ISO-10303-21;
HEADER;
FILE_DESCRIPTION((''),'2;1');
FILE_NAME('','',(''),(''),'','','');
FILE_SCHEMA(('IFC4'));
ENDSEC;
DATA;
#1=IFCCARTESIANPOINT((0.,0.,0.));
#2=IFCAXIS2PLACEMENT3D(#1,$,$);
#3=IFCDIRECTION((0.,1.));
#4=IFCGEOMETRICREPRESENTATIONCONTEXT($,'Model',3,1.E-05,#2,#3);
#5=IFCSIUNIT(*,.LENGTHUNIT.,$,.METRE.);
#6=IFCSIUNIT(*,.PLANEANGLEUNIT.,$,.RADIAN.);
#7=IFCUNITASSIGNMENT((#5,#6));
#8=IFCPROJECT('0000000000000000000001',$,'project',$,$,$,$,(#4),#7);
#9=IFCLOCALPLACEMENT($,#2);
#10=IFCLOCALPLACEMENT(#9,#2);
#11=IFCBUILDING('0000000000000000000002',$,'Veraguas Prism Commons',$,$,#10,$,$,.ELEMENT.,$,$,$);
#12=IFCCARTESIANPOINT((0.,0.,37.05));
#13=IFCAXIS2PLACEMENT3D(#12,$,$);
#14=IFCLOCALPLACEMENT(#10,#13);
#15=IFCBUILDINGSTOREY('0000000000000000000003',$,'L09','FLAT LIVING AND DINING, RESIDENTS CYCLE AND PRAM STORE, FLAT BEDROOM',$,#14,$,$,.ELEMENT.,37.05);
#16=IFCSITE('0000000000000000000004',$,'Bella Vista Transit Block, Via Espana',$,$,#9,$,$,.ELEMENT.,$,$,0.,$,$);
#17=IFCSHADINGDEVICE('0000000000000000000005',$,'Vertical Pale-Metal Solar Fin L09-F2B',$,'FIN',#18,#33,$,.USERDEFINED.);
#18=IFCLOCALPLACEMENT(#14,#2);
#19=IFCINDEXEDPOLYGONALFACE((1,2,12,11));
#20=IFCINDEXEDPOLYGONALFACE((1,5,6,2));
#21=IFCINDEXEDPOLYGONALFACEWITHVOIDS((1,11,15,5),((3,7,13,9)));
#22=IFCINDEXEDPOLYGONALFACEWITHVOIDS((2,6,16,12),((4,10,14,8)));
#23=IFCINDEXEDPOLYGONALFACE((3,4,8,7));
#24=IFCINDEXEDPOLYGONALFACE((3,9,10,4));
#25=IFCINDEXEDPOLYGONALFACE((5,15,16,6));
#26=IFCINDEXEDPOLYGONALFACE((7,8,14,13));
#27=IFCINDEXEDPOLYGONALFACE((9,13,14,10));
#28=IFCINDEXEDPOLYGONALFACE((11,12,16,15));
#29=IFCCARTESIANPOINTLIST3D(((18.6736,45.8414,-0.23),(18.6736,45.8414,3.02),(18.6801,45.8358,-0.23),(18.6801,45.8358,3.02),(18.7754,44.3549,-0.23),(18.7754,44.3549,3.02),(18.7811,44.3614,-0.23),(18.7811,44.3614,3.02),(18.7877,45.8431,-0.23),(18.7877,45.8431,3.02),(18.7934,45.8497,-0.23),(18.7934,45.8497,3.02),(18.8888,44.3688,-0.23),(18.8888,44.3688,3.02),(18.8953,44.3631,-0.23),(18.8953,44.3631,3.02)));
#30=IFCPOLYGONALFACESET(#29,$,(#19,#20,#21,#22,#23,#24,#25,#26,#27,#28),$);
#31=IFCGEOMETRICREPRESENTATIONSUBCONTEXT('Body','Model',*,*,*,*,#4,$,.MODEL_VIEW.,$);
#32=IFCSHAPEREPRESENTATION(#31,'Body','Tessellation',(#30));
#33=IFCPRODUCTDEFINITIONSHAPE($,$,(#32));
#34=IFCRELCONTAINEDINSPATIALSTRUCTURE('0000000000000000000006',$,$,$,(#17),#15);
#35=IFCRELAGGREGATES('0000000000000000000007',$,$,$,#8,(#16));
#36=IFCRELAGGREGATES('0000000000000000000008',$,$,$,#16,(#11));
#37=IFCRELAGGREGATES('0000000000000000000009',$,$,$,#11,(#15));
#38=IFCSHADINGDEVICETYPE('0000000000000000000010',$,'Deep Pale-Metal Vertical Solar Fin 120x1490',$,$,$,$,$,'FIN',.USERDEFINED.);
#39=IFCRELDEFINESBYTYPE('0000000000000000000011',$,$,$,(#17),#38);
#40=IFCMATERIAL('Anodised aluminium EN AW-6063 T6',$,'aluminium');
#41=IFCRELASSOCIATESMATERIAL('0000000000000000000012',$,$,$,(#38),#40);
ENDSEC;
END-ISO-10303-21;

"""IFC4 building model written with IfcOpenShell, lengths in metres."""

from ifc_helpers import new_model, si_unit, direction, frame, origin, origin_2d, place, context, subcontext, project, spatial, hollow_rectangle, extrude, material, material_profile, profile_set, type_object, element, save


model = new_model("IFC4")

# Units and contexts
model_context = context("Model", 3, precision=1e-05, world=origin(), true_north=direction((0.0, 1.0)))
body_context = subcontext(model_context, "Body", "Model", "MODEL_VIEW")
ifc_project = project(units=[si_unit("LENGTHUNIT", "METRE"), si_unit("PLANEANGLEUNIT", "RADIAN")], contexts=[model_context])

# Site, building, storey
site_placement = place(None, origin())
site = spatial("IfcSite", under=ifc_project, at=site_placement, Name="Bella Vista Transit Block, Via Espana", CompositionType="ELEMENT", RefElevation=0.0)
building_placement = place(site_placement, origin())
building = spatial("IfcBuilding", under=site, at=building_placement, Name="Veraguas Prism Commons", CompositionType="ELEMENT")
storey_placement = place(building_placement, frame((0.0, 0.0, 37.05)))
storey = spatial("IfcBuildingStorey", under=building, at=storey_placement, Name="L09", Description="FLAT LIVING AND DINING, RESIDENTS CYCLE AND PRAM STORE, FLAT BEDROOM", CompositionType="ELEMENT", Elevation=37.05)

# Shared definitions
ifc_material_1 = material(Name="Anodised aluminium EN AW-6063 T6", Category="aluminium")

# Shading device
ifc_material_profile_1 = material_profile(ifc_material_1, hollow_rectangle(XDim=0.1201, YDim=1.49, WallThickness=0.0061, at=origin_2d()), Name="FIN120X1490X6")
ifc_profile_set_1 = profile_set([ifc_material_profile_1], Name="Anodised aluminium EN AW-6063 T6")
shading_device_type = type_object("IfcShadingDeviceType", Name="Deep Pale-Metal Vertical Solar Fin 120x1490", ElementType="FIN", PredefinedType="USERDEFINED", material=ifc_profile_set_1)
shading_device_placement = place(storey_placement, frame((18.7844, 45.1023, -0.23), z_axis=(0.0, 0.0, 1.0), x_axis=(-0.99766, -0.068364, 0.0)))
element("IfcShadingDevice", 1, at=shading_device_placement, inside=storey, type_object=shading_device_type, Name="Vertical Pale-Metal Solar Fin L09-F2B", ObjectType="FIN", PredefinedType="USERDEFINED", context=body_context, shape_type="SweptSolid", body=[
    extrude(hollow_rectangle(XDim=0.1201, YDim=1.49, WallThickness=0.0061, at=origin_2d()), origin(), (0.0, 0.0, 1.0), 3.25),
])

save(model, "model.ifc")
